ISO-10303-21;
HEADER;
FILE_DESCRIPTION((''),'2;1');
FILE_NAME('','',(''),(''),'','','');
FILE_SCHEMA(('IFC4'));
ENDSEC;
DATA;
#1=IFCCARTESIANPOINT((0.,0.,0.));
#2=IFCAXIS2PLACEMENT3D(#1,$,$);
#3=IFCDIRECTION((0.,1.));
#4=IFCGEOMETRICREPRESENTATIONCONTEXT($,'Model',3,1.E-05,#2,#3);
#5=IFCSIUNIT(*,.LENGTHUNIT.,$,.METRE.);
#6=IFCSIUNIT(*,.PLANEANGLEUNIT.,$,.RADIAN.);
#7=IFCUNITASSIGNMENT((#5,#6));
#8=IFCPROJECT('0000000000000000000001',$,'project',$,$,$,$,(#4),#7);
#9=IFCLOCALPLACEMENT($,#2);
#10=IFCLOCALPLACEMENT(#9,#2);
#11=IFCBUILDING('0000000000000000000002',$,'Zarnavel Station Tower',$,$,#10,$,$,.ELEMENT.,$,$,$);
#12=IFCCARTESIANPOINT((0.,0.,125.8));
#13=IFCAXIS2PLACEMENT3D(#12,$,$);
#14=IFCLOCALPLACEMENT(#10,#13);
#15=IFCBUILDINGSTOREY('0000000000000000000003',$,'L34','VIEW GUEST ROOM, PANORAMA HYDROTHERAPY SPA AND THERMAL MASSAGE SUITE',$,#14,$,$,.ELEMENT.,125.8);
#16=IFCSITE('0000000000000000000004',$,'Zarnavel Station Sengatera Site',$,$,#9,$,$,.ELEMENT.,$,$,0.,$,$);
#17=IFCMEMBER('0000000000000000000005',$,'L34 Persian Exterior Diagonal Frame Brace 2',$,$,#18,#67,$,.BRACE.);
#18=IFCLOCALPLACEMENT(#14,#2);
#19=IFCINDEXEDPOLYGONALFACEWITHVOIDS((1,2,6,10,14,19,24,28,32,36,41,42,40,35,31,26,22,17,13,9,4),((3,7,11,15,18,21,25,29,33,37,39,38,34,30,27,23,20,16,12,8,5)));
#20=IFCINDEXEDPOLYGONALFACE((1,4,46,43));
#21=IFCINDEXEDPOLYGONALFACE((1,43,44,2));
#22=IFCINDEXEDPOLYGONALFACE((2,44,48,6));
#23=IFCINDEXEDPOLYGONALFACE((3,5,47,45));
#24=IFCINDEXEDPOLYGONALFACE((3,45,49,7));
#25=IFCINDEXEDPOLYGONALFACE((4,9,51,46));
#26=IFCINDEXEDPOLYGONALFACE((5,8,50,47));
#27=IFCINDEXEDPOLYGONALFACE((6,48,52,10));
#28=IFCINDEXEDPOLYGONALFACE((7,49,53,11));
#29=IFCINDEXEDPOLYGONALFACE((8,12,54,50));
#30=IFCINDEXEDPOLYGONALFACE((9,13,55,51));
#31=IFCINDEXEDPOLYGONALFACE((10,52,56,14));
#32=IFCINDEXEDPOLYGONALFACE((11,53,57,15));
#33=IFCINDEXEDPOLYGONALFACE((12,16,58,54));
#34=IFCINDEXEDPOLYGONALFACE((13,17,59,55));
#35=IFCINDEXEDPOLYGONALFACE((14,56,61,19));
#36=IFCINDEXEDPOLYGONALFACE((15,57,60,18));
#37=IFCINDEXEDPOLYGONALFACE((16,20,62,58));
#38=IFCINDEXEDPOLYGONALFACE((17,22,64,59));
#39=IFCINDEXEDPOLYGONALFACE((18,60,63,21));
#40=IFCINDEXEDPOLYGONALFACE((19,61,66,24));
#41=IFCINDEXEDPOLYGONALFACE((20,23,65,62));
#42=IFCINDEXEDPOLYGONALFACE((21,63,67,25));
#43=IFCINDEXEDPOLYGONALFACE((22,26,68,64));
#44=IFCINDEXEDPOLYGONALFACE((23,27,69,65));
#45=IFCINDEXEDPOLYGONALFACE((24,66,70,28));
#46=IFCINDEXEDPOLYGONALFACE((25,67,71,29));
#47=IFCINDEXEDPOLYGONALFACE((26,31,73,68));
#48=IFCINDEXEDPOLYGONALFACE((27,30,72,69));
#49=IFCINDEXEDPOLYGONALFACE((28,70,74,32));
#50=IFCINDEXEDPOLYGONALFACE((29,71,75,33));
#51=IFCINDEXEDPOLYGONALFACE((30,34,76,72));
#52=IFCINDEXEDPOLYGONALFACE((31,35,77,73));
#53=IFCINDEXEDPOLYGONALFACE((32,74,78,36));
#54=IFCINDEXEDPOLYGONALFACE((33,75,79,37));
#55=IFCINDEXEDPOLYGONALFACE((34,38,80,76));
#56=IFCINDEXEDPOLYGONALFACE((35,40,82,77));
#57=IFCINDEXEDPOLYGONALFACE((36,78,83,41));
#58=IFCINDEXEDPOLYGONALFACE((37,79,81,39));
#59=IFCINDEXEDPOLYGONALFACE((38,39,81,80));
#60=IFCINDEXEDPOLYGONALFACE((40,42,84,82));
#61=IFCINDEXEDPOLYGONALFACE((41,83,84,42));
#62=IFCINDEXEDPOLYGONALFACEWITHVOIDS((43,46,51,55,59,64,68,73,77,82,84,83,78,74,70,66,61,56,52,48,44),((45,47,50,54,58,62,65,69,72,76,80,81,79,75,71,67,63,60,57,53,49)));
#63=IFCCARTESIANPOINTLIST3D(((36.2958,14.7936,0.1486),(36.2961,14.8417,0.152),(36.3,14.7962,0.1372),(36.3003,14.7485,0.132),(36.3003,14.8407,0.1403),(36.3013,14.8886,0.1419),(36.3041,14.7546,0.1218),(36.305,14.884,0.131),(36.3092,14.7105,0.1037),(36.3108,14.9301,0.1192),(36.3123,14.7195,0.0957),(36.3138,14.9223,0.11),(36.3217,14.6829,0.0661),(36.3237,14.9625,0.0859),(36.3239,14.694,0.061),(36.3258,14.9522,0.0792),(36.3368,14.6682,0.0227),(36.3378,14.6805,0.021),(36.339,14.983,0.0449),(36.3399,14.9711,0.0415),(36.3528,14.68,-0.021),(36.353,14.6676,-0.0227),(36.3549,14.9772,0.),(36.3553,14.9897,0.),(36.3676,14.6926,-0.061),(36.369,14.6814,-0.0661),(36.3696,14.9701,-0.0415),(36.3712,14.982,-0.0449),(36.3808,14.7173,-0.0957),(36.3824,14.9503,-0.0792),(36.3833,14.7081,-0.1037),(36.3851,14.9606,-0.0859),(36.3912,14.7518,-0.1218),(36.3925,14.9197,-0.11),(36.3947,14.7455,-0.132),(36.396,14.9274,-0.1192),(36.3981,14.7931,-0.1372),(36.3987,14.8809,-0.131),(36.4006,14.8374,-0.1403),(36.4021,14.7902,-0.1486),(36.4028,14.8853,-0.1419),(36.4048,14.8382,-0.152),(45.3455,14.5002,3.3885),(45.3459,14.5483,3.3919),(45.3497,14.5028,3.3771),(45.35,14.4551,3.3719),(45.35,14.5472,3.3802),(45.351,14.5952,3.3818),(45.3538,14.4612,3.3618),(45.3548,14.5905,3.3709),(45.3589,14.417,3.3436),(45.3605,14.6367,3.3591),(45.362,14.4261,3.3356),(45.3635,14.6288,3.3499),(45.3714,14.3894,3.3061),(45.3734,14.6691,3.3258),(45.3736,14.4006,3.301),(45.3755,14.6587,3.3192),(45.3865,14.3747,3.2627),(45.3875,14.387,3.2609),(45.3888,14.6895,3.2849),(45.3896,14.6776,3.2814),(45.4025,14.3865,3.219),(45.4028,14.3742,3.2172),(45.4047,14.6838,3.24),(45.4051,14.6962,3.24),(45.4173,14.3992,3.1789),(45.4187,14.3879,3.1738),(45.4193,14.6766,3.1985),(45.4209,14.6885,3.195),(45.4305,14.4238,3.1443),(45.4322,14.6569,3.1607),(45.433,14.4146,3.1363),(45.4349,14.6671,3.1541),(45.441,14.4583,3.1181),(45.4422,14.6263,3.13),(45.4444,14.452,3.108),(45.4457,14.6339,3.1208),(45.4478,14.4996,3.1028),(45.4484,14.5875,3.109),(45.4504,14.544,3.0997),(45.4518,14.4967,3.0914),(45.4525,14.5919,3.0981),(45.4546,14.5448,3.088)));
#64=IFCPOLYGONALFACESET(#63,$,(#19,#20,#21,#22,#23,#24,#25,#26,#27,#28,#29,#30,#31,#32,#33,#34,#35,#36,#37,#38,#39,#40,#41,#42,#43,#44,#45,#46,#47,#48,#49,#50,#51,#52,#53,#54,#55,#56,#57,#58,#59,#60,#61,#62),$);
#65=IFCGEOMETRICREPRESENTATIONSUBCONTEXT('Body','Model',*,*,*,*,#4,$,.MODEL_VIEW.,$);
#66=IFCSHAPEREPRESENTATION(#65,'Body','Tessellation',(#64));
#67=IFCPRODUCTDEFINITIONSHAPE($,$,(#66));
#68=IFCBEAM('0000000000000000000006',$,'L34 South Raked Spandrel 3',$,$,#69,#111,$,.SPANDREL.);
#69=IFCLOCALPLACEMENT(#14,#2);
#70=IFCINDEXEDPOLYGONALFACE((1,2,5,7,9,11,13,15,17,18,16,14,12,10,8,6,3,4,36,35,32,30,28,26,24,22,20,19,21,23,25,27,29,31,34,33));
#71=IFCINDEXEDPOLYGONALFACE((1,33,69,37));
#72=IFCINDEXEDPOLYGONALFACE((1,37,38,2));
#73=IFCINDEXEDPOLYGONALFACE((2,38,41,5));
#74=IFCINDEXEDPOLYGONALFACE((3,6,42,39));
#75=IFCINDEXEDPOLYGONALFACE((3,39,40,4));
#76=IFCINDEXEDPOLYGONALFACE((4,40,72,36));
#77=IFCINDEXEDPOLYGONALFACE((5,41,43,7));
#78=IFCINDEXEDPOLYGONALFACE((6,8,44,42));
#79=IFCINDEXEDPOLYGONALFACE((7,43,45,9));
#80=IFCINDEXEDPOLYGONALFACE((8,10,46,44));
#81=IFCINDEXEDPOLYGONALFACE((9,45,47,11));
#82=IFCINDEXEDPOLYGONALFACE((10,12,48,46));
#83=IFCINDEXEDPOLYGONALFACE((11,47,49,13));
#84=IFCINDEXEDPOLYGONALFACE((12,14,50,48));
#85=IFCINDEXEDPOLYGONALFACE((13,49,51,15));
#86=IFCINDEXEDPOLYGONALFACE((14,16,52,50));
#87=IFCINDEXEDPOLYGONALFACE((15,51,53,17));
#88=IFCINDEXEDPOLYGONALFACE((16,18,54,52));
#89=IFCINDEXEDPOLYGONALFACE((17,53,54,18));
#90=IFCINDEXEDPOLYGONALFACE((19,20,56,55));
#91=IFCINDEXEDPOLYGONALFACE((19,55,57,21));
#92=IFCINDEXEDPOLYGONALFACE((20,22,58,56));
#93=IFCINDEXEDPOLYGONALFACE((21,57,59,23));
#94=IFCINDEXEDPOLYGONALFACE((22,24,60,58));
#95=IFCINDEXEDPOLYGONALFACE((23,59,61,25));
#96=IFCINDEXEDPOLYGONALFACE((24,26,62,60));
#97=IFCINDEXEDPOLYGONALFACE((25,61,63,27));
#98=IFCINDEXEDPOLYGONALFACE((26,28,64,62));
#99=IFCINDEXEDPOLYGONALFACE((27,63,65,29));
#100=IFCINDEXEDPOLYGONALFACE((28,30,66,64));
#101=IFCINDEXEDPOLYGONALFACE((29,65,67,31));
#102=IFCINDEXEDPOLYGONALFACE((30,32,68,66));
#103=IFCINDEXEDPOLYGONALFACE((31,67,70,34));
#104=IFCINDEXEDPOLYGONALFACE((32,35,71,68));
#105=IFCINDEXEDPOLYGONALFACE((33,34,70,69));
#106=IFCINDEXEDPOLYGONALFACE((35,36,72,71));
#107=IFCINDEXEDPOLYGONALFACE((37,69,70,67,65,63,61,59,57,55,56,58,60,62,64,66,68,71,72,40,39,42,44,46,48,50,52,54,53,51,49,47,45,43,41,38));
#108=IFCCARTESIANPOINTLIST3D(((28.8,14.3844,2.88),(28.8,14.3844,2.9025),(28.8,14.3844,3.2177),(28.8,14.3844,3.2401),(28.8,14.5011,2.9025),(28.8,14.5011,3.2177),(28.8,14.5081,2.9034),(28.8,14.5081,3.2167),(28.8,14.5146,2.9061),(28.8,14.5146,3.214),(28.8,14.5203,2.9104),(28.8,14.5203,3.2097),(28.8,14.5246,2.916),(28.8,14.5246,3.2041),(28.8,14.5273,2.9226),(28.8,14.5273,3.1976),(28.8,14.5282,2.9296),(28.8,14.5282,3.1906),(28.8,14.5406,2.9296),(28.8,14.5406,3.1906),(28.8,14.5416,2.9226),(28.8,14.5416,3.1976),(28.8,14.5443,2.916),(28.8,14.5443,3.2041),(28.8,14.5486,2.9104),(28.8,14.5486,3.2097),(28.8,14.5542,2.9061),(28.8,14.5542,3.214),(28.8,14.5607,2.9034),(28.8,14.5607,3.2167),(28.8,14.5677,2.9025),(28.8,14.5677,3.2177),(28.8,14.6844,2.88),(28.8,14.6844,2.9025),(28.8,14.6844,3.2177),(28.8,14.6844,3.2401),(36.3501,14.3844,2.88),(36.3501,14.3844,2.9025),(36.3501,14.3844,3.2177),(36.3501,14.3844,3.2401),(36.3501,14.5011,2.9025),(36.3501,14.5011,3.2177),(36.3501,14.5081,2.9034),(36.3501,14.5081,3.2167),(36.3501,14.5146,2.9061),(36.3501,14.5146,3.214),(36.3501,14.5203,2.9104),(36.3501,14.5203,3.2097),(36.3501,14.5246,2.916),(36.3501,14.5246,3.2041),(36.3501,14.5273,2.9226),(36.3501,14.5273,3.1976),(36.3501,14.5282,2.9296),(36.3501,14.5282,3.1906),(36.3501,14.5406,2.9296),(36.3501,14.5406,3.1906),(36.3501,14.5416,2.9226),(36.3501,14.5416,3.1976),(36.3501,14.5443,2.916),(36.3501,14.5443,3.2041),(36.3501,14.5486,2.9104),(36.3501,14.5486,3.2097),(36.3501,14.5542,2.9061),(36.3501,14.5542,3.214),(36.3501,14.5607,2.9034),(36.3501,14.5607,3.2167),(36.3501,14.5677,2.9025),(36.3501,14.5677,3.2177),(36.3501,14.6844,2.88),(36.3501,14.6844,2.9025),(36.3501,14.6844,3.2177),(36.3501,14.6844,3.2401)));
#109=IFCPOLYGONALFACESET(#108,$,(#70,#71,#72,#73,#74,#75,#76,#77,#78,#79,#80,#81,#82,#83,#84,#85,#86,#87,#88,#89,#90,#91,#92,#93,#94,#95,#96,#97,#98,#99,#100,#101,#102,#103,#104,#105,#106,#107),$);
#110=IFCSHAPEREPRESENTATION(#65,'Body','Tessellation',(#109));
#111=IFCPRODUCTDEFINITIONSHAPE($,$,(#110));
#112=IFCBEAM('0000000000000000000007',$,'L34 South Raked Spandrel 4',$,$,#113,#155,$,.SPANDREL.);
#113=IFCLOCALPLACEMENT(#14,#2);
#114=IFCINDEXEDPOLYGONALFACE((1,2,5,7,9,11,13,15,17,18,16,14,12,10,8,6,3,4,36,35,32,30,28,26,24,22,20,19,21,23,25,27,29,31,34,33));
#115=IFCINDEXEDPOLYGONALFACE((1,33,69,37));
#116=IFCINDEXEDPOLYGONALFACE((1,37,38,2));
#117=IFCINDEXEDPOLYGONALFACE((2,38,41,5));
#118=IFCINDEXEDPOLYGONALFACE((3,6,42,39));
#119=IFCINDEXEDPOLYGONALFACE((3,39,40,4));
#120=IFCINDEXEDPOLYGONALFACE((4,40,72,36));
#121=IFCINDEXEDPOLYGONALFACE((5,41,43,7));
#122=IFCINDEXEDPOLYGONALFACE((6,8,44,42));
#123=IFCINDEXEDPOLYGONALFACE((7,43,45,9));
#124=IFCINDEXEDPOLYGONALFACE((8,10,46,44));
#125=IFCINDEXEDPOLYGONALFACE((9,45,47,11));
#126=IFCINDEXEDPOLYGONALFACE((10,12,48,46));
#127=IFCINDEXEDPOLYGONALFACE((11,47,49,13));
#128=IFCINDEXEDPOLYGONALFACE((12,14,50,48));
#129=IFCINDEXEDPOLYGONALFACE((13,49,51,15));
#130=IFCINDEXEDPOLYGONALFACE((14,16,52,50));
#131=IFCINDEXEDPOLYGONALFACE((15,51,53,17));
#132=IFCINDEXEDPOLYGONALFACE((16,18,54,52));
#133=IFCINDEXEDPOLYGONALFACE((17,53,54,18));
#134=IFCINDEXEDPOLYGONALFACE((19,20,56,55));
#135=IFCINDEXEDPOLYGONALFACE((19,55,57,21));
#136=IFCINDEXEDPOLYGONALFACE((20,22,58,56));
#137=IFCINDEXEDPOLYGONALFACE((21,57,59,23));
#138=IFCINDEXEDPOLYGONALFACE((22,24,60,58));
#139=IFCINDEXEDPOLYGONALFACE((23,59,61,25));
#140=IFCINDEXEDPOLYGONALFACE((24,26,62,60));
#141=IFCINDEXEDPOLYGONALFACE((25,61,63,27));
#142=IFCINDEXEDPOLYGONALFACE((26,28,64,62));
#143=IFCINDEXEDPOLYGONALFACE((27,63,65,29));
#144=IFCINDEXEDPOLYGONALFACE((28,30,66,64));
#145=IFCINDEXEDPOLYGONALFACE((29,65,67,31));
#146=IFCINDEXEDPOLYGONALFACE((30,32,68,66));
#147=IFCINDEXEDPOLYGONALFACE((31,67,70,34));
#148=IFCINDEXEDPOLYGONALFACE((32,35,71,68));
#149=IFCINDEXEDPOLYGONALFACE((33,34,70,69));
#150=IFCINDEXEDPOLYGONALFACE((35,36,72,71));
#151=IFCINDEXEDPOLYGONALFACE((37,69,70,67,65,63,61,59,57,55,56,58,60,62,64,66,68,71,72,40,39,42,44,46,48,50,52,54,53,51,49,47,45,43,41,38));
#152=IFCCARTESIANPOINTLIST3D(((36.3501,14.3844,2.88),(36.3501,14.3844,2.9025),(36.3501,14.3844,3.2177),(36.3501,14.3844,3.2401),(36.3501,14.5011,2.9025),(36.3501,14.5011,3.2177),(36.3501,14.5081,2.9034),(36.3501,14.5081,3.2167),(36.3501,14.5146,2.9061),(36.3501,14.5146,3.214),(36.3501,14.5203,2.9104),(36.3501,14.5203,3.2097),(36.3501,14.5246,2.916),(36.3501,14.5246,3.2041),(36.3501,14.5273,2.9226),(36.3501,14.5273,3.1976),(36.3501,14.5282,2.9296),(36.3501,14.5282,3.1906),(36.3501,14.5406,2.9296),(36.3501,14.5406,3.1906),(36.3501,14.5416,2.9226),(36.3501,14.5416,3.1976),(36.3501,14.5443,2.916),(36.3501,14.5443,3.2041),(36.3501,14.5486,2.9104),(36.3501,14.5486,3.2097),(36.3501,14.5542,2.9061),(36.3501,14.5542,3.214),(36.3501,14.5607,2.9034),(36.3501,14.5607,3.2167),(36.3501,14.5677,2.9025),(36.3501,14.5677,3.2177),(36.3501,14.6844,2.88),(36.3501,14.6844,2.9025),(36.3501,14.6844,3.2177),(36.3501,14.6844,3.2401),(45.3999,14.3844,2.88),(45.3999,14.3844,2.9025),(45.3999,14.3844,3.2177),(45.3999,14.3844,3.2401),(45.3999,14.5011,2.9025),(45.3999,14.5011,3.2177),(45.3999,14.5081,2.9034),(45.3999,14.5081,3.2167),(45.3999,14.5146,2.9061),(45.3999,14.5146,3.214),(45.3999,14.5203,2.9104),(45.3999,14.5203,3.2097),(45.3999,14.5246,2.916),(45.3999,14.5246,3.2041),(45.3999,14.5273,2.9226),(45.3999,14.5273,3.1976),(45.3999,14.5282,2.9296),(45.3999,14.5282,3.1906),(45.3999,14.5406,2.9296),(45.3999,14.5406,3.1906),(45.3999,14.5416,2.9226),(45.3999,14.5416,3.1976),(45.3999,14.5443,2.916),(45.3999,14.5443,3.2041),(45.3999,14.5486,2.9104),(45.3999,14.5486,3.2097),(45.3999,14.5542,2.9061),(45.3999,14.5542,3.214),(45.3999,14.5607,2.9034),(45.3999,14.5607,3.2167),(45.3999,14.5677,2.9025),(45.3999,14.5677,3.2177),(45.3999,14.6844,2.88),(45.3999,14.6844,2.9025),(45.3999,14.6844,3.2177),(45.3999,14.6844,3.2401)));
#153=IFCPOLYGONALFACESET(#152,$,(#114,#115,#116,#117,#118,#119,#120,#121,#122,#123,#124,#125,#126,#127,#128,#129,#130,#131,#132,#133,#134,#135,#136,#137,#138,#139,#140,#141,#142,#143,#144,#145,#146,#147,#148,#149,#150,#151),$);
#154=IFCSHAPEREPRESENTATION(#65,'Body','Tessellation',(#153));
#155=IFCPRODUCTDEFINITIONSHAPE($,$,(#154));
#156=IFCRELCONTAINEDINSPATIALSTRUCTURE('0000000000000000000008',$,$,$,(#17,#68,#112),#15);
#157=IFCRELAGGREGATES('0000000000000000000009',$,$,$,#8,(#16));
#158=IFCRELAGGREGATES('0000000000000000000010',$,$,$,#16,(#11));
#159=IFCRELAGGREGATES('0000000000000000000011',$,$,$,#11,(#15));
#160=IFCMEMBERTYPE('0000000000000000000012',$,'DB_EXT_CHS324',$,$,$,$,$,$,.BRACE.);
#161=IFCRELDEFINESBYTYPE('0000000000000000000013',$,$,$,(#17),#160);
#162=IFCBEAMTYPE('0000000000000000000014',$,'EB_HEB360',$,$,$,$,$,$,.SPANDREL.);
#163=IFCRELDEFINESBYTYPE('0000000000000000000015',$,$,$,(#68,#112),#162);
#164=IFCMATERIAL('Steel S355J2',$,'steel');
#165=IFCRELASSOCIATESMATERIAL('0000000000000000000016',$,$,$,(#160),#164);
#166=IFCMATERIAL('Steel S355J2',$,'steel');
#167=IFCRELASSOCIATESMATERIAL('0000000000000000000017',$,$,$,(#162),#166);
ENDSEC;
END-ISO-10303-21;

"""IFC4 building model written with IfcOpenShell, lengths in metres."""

from ifc_helpers import new_model, si_unit, direction, frame, origin, origin_2d, place, context, subcontext, project, spatial, hollow_circle, i_section, extrude, material, material_profile, profile_set, type_object, element, save


model = new_model("IFC4")

# Units and contexts
model_context = context("Model", 3, precision=1e-05, world=origin(), true_north=direction((0.0, 1.0)))
body_context = subcontext(model_context, "Body", "Model", "MODEL_VIEW")
ifc_project = project(units=[si_unit("LENGTHUNIT", "METRE"), si_unit("PLANEANGLEUNIT", "RADIAN")], contexts=[model_context])

# Site, building, storey
site_placement = place(None, origin())
site = spatial("IfcSite", under=ifc_project, at=site_placement, Name="Zarnavel Station Sengatera Site", CompositionType="ELEMENT", RefElevation=0.0)
building_placement = place(site_placement, origin())
building = spatial("IfcBuilding", under=site, at=building_placement, Name="Zarnavel Station Tower", CompositionType="ELEMENT")
storey_placement = place(building_placement, frame((0.0, 0.0, 125.8)))
storey = spatial("IfcBuildingStorey", under=building, at=storey_placement, Name="L34", Description="VIEW GUEST ROOM, PANORAMA HYDROTHERAPY SPA AND THERMAL MASSAGE SUITE", CompositionType="ELEMENT", Elevation=125.8)

# Member
ifc_material_1 = material(Name="Steel S355J2", Category="steel")
ifc_material_profile_1 = material_profile(ifc_material_1, hollow_circle(Radius=0.1619, WallThickness=0.0125, at=origin_2d()), Name="CHS323.9x12.5")
ifc_profile_set_1 = profile_set([ifc_material_profile_1], Name="Steel S355J2")
member_type_1 = type_object("IfcMemberType", Name="DB_EXT_CHS324", PredefinedType="BRACE", material=ifc_profile_set_1)
member_1_placement = place(storey_placement, frame((36.3501, 14.8279, 0.0), z_axis=(0.941042, -0.030515, 0.33691), x_axis=(0.03241, 0.999475, 0.0)))
element("IfcMember", 1, at=member_1_placement, inside=storey, type_object=member_type_1, Name="L34 Persian Exterior Diagonal Frame Brace 2", PredefinedType="BRACE", context=body_context, shape_type="SweptSolid", body=[
    extrude(hollow_circle(Radius=0.1619, WallThickness=0.0125, at=origin_2d()), origin(), (0.0, 0.0, 1.0), 9.6167),
])

# Beams
ifc_material_2 = material(Name="Steel S355J2", Category="steel")
ifc_material_profile_2 = material_profile(ifc_material_2, i_section(OverallWidth=0.3, OverallDepth=0.3601, WebThickness=0.0125, FlangeThickness=0.0225, FilletRadius=0.0271, at=origin_2d()), Name="HEB360")
ifc_profile_set_2 = profile_set([ifc_material_profile_2], Name="Steel S355J2")
beam_type_1 = type_object("IfcBeamType", Name="EB_HEB360", PredefinedType="SPANDREL", material=ifc_profile_set_2)
beam_1_placement = place(storey_placement, frame((28.8, 14.5344, 3.0601), z_axis=(1.0, 0.0, 0.0), x_axis=(0.0, 1.0, 0.0)))
element("IfcBeam", 2, at=beam_1_placement, inside=storey, type_object=beam_type_1, Name="L34 South Raked Spandrel 3", PredefinedType="SPANDREL", context=body_context, shape_type="SweptSolid", body=[
    extrude(i_section(OverallWidth=0.3, OverallDepth=0.3601, WebThickness=0.0125, FlangeThickness=0.0225, FilletRadius=0.0271, at=origin_2d()), origin(), (0.0, 0.0, 1.0), 7.55),
])
beam_2_placement = place(storey_placement, frame((36.3501, 14.5344, 3.0601), z_axis=(1.0, 0.0, 0.0), x_axis=(0.0, 1.0, 0.0)))
element("IfcBeam", 3, at=beam_2_placement, inside=storey, type_object=beam_type_1, Name="L34 South Raked Spandrel 4", PredefinedType="SPANDREL", context=body_context, shape_type="SweptSolid", body=[
    extrude(i_section(OverallWidth=0.3, OverallDepth=0.3601, WebThickness=0.0125, FlangeThickness=0.0225, FilletRadius=0.0271, at=origin_2d()), origin(), (0.0, 0.0, 1.0), 9.0498),
])

save(model, "model.ifc")
